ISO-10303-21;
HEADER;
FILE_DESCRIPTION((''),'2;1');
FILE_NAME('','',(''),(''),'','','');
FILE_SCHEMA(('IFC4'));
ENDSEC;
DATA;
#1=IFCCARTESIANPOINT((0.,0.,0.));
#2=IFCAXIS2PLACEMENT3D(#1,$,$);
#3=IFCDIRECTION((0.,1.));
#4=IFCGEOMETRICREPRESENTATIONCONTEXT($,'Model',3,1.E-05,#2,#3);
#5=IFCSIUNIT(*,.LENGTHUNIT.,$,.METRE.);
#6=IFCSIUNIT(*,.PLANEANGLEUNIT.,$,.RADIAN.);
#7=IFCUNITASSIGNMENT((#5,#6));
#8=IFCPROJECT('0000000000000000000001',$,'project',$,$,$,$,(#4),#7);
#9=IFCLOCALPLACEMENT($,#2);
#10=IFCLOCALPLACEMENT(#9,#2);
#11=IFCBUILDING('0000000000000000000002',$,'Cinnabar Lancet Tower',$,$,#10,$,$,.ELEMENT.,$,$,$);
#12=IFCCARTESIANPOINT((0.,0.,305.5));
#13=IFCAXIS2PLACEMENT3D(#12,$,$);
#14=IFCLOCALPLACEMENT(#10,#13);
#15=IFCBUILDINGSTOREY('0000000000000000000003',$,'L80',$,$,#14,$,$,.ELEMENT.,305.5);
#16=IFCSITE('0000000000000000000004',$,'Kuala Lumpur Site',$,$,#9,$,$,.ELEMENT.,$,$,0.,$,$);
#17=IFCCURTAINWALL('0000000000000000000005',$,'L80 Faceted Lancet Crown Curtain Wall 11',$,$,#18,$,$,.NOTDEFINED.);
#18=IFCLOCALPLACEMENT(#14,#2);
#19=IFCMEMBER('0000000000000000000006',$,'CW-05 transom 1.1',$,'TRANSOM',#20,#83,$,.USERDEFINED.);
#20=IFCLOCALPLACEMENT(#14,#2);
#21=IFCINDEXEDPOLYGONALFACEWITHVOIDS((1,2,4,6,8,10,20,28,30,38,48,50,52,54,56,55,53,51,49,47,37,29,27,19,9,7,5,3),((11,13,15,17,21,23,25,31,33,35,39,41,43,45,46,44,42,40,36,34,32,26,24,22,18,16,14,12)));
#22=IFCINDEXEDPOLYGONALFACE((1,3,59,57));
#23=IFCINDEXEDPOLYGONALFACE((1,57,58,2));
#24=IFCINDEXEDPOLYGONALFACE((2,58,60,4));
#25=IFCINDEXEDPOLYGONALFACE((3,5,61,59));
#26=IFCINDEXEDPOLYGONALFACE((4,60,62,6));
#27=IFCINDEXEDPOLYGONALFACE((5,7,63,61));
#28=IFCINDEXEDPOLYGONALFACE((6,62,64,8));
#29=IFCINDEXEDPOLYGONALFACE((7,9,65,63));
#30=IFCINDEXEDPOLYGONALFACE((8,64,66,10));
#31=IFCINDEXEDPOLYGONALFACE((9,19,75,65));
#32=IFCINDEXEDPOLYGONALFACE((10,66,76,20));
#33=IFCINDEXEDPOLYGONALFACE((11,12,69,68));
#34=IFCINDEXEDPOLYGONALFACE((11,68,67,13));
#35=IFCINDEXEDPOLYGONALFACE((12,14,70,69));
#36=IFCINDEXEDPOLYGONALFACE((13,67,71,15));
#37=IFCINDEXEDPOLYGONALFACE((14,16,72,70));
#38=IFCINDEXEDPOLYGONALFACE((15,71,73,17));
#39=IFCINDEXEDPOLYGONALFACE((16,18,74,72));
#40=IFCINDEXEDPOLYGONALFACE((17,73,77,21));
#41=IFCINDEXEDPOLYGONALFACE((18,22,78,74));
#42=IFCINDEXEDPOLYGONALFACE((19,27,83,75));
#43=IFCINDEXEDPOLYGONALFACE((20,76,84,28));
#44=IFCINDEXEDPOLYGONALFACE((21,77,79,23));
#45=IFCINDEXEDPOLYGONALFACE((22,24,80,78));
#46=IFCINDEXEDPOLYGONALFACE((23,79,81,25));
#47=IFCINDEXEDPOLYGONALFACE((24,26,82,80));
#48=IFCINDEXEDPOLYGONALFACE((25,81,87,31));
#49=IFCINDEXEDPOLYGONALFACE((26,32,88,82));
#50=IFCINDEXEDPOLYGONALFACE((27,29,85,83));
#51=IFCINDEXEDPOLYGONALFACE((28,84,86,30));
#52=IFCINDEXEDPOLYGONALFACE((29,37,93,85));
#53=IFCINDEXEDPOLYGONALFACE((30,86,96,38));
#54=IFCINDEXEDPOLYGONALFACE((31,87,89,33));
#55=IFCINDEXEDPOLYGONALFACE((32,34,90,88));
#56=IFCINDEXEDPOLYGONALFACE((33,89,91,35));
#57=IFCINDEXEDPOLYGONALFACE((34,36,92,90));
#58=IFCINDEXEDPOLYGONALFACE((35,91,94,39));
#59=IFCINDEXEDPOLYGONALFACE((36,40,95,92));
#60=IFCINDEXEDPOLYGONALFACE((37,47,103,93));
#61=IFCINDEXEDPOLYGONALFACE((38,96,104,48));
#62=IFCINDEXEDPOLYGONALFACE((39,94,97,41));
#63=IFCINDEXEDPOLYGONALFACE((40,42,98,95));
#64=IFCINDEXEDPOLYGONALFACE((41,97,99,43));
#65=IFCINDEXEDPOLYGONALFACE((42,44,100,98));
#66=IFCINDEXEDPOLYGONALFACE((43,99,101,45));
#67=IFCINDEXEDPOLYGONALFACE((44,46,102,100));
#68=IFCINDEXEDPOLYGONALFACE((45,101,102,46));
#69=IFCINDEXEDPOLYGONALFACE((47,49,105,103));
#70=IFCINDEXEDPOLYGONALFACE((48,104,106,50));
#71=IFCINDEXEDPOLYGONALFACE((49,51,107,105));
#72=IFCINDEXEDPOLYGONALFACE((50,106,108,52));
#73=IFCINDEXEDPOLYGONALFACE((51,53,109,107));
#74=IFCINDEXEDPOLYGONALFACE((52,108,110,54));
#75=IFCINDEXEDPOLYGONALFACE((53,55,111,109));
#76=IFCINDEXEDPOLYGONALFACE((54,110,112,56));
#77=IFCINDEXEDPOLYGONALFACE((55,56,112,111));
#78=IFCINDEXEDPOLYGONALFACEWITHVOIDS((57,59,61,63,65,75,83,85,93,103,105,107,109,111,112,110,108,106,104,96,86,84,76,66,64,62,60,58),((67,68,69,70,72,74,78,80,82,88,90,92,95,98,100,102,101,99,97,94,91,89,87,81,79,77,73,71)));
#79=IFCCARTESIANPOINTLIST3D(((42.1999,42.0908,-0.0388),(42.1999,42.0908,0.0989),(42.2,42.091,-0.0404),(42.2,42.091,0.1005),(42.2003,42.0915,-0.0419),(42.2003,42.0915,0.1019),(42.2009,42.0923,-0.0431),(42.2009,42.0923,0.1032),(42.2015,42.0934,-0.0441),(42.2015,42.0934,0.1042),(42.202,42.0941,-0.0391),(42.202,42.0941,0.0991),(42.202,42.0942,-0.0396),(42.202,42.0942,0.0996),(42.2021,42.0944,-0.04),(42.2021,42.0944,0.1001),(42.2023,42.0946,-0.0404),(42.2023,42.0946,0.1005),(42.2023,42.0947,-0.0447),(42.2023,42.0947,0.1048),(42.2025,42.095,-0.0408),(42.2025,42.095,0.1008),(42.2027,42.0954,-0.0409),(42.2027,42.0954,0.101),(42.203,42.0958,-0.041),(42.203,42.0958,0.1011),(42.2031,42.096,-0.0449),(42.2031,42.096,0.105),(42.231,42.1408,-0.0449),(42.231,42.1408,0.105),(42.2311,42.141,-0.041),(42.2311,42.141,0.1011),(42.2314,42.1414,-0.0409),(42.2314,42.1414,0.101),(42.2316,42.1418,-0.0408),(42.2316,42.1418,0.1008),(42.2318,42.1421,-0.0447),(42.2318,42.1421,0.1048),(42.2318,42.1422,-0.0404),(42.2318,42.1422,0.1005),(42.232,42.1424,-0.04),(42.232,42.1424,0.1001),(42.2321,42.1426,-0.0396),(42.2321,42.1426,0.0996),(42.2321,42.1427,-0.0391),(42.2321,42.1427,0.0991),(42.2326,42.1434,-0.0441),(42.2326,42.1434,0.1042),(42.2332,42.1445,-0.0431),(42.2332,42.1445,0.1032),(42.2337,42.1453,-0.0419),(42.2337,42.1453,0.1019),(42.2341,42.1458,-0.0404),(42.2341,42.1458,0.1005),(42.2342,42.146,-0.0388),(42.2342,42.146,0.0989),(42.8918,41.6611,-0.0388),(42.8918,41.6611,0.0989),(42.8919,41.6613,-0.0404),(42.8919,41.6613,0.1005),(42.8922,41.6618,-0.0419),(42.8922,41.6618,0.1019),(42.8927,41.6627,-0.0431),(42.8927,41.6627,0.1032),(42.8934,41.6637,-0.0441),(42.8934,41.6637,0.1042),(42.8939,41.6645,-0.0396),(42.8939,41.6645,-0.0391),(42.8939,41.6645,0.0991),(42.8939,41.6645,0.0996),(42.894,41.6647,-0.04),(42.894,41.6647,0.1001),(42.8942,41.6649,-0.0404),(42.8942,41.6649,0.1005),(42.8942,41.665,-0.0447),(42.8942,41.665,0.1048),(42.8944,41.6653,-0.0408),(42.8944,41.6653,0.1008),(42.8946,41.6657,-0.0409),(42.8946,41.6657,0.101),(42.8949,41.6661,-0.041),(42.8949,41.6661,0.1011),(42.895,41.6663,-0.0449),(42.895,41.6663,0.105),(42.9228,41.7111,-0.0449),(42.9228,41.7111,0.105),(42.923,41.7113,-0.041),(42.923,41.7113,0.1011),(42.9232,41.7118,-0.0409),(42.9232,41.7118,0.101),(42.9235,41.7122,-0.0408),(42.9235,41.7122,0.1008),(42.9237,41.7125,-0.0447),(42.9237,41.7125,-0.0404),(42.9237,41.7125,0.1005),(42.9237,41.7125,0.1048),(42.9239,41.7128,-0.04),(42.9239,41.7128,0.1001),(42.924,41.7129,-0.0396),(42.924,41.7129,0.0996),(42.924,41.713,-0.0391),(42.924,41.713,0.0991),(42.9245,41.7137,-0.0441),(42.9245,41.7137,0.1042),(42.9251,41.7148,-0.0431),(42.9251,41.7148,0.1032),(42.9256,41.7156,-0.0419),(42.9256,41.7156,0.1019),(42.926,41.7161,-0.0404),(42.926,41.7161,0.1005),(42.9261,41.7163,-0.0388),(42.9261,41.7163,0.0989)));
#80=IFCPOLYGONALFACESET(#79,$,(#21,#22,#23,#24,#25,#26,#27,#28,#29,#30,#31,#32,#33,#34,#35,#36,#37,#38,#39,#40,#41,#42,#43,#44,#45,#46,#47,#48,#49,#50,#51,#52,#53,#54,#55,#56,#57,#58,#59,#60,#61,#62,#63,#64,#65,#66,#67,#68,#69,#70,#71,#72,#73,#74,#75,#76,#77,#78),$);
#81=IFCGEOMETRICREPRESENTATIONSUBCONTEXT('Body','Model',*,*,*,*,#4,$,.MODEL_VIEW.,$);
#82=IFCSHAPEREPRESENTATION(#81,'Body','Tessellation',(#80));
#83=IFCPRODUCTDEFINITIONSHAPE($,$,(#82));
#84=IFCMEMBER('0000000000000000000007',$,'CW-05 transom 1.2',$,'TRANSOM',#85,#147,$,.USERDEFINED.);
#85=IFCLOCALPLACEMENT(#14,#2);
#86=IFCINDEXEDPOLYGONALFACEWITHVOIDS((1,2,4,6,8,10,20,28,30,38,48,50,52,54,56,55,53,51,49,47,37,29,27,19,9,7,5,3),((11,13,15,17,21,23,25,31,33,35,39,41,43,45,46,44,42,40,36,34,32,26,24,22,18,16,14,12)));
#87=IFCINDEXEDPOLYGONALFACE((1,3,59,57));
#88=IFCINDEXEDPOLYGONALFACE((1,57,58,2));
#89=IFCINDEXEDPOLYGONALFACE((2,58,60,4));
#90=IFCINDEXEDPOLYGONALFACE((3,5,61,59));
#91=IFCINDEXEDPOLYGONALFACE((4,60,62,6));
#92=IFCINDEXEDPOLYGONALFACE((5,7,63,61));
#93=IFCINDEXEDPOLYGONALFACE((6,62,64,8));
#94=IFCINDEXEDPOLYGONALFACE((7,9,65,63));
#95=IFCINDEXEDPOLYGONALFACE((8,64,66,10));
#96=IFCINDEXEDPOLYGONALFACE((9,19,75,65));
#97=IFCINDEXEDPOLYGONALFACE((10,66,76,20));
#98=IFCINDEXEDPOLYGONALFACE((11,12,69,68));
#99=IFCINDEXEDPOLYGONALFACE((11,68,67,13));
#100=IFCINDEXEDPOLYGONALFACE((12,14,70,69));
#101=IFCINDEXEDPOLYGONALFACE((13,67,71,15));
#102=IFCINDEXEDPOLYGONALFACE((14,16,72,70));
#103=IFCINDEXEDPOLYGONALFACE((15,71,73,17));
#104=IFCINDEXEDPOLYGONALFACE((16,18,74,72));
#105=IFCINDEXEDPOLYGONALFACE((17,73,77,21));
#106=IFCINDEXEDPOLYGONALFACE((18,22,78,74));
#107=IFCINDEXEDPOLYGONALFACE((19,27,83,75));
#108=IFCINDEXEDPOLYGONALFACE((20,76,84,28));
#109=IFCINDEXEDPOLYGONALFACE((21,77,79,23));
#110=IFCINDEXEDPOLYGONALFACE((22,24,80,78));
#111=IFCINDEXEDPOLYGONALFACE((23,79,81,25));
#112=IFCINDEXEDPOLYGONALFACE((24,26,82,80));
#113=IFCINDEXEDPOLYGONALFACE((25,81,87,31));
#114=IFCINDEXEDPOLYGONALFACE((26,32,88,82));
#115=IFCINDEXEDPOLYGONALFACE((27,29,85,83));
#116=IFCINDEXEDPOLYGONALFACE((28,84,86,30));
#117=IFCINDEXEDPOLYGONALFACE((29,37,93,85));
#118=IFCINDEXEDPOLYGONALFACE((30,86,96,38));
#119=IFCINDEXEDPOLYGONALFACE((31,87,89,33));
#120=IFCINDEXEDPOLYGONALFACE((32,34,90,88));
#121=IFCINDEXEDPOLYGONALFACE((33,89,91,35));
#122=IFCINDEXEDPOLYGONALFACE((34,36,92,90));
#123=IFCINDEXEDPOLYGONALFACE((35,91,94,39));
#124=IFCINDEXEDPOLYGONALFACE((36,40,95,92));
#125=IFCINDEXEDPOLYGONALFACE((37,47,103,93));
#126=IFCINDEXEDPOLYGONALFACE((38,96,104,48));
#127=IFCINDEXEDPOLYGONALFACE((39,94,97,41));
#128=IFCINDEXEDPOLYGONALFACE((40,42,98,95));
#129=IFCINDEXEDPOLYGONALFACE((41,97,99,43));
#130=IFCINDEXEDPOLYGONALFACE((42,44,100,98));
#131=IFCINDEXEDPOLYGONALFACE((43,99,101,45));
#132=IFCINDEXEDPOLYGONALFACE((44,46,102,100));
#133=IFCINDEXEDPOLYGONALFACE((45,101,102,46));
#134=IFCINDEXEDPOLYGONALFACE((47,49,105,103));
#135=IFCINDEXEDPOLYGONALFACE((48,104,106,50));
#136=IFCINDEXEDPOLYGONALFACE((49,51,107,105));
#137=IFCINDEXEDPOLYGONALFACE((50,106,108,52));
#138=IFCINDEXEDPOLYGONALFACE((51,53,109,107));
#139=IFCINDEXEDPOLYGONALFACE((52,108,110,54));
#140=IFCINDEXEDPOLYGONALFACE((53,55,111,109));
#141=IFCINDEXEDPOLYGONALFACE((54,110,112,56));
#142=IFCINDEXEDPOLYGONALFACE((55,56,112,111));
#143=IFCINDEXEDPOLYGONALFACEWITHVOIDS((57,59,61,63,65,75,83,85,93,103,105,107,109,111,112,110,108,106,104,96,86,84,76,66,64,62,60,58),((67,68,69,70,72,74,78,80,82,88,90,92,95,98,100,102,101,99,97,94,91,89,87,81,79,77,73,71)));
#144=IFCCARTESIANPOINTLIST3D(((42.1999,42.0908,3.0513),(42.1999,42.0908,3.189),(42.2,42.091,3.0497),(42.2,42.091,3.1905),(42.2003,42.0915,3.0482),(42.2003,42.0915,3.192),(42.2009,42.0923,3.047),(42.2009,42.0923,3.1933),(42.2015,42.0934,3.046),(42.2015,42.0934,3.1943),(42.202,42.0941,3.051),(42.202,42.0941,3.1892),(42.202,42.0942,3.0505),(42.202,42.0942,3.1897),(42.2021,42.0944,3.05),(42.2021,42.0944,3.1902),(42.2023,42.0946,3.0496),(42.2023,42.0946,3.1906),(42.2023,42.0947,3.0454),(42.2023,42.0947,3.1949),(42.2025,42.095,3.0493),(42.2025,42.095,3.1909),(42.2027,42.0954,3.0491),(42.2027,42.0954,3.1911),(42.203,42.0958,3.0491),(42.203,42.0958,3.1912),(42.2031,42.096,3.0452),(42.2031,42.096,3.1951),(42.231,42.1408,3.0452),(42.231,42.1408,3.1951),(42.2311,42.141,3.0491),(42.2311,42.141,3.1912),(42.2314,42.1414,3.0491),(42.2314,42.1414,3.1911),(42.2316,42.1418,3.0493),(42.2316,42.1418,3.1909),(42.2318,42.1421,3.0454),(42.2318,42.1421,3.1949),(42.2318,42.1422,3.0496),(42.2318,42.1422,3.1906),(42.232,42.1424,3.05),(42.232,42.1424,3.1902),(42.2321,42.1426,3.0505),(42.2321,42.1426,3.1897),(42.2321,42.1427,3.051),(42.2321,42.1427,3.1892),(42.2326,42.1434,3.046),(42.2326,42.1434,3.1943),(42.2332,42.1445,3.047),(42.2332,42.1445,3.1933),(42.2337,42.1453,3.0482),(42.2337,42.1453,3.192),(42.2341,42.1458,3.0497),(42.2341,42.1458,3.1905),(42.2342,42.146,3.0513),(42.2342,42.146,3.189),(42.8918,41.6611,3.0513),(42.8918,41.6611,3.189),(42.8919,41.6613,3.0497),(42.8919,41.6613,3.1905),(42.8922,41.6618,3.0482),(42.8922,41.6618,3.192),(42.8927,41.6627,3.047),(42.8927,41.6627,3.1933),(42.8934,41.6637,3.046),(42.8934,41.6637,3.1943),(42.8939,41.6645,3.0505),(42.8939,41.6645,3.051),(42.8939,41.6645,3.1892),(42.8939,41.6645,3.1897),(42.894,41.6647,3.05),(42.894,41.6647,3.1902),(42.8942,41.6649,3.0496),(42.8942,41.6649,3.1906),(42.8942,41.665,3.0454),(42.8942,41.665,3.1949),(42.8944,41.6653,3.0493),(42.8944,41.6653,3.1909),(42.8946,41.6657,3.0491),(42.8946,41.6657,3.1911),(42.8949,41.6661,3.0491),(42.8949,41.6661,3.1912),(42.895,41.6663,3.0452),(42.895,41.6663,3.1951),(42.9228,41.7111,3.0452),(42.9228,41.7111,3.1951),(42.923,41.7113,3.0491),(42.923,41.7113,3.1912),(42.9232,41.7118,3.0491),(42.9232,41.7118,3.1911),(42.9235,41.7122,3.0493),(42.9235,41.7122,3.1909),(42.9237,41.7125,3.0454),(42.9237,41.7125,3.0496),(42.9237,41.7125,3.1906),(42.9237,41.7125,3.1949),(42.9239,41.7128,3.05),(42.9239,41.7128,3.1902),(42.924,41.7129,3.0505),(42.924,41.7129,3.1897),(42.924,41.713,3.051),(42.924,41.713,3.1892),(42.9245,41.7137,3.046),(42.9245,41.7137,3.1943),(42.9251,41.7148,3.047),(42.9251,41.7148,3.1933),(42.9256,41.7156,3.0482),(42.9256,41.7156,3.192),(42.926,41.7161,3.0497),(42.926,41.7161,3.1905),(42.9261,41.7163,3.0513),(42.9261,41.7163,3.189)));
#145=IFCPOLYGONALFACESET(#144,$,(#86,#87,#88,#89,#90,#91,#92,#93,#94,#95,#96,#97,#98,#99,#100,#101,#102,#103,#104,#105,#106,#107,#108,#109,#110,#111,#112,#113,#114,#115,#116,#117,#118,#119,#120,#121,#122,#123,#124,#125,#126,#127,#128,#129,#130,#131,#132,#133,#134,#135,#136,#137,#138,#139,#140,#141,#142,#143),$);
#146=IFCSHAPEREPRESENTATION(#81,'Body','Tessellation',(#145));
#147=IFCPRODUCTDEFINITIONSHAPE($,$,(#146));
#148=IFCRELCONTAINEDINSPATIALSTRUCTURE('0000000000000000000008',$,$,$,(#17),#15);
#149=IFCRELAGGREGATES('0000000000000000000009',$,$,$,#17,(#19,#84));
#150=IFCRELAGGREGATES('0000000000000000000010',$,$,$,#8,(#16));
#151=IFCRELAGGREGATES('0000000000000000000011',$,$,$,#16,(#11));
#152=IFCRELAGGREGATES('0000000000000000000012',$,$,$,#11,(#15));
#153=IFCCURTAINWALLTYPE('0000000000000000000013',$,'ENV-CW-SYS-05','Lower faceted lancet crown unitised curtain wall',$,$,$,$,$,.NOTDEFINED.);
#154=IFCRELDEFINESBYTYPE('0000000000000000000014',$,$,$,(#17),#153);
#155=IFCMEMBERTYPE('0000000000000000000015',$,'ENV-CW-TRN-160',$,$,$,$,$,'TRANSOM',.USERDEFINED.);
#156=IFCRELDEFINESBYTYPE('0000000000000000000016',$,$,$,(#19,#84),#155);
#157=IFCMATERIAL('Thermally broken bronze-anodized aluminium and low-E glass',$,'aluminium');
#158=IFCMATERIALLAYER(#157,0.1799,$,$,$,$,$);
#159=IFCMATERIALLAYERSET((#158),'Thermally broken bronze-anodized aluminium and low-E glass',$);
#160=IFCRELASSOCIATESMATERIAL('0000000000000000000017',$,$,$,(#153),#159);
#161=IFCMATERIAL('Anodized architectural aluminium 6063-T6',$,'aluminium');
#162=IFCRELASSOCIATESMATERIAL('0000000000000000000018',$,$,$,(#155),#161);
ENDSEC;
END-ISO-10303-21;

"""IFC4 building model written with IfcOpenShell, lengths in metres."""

from ifc_helpers import new_model, si_unit, direction, frame, origin, origin_2d, place, context, subcontext, project, spatial, hollow_rectangle, extrude, material, layer, layer_set, material_profile, profile_set, type_object, element, aggregate, save


model = new_model("IFC4")

# Units and contexts
model_context = context("Model", 3, precision=1e-05, world=origin(), true_north=direction((0.0, 1.0)))
body_context = subcontext(model_context, "Body", "Model", "MODEL_VIEW")
ifc_project = project(units=[si_unit("LENGTHUNIT", "METRE"), si_unit("PLANEANGLEUNIT", "RADIAN")], contexts=[model_context])

# Site, building, storey
site_placement = place(None, origin())
site = spatial("IfcSite", under=ifc_project, at=site_placement, Name="Kuala Lumpur Site", CompositionType="ELEMENT", RefElevation=0.0)
building_placement = place(site_placement, origin())
building = spatial("IfcBuilding", under=site, at=building_placement, Name="Cinnabar Lancet Tower", CompositionType="ELEMENT")
storey_placement = place(building_placement, frame((0.0, 0.0, 305.5)))
storey = spatial("IfcBuildingStorey", under=building, at=storey_placement, Name="L80", CompositionType="ELEMENT", Elevation=305.5)

# Shared definitions
ifc_material_1 = material(Name="Thermally broken bronze-anodized aluminium and low-E glass", Category="aluminium")
ifc_layer_1 = layer(ifc_material_1, 0.1799)
ifc_layer_set_1 = layer_set([ifc_layer_1], Name="Thermally broken bronze-anodized aluminium and low-E glass")
curtain_wall_type = type_object("IfcCurtainWallType", Name="ENV-CW-SYS-05", Description="Lower faceted lancet crown unitised curtain wall", PredefinedType="NOTDEFINED", material=ifc_layer_set_1)

# Curtain wall
curtain_wall_1_placement = place(storey_placement, origin())
curtain_wall_1 = element("IfcCurtainWall", 1, at=curtain_wall_1_placement, inside=storey, type_object=curtain_wall_type, Name="L80 Faceted Lancet Crown Curtain Wall 11", PredefinedType="NOTDEFINED")

# Members
ifc_material_2 = material(Name="Anodized architectural aluminium 6063-T6", Category="aluminium")
ifc_material_profile_1 = material_profile(ifc_material_2, hollow_rectangle(XDim=0.0649, YDim=0.1499, WallThickness=0.0039, InnerFilletRadius=0.002, OuterFilletRadius=0.0061, at=origin_2d()), Name="CW-TRN 150x65x4")
ifc_profile_set_1 = profile_set([ifc_material_profile_1], Name="Anodized architectural aluminium 6063-T6")
member_type_1 = type_object("IfcMemberType", Name="ENV-CW-TRN-160", ElementType="TRANSOM", PredefinedType="USERDEFINED", material=ifc_profile_set_1)
member_1_placement = place(storey_placement, frame((42.9089, 41.6887, 0.03), z_axis=(-0.84951, 0.527572, 0.0), x_axis=(-0.527572, -0.84951, 0.0)))
member_1 = element("IfcMember", 2, at=member_1_placement, type_object=member_type_1, Name="CW-05 transom 1.1", ObjectType="TRANSOM", PredefinedType="USERDEFINED", context=body_context, shape_type="SweptSolid", body=[
    extrude(hollow_rectangle(XDim=0.0649, YDim=0.1499, WallThickness=0.0039, InnerFilletRadius=0.002, OuterFilletRadius=0.0061, at=origin_2d()), origin(), (0.0, 0.0, 1.0), 0.8145),
])
member_2_placement = place(storey_placement, frame((42.9089, 41.6887, 3.1201), z_axis=(-0.84951, 0.527572, 0.0), x_axis=(-0.527572, -0.84951, 0.0)))
member_2 = element("IfcMember", 3, at=member_2_placement, type_object=member_type_1, Name="CW-05 transom 1.2", ObjectType="TRANSOM", PredefinedType="USERDEFINED", context=body_context, shape_type="SweptSolid", body=[
    extrude(hollow_rectangle(XDim=0.0649, YDim=0.1499, WallThickness=0.0039, InnerFilletRadius=0.002, OuterFilletRadius=0.0061, at=origin_2d()), origin(), (0.0, 0.0, 1.0), 0.8145),
])

aggregate(curtain_wall_1, [member_1, member_2])

save(model, "model.ifc")
